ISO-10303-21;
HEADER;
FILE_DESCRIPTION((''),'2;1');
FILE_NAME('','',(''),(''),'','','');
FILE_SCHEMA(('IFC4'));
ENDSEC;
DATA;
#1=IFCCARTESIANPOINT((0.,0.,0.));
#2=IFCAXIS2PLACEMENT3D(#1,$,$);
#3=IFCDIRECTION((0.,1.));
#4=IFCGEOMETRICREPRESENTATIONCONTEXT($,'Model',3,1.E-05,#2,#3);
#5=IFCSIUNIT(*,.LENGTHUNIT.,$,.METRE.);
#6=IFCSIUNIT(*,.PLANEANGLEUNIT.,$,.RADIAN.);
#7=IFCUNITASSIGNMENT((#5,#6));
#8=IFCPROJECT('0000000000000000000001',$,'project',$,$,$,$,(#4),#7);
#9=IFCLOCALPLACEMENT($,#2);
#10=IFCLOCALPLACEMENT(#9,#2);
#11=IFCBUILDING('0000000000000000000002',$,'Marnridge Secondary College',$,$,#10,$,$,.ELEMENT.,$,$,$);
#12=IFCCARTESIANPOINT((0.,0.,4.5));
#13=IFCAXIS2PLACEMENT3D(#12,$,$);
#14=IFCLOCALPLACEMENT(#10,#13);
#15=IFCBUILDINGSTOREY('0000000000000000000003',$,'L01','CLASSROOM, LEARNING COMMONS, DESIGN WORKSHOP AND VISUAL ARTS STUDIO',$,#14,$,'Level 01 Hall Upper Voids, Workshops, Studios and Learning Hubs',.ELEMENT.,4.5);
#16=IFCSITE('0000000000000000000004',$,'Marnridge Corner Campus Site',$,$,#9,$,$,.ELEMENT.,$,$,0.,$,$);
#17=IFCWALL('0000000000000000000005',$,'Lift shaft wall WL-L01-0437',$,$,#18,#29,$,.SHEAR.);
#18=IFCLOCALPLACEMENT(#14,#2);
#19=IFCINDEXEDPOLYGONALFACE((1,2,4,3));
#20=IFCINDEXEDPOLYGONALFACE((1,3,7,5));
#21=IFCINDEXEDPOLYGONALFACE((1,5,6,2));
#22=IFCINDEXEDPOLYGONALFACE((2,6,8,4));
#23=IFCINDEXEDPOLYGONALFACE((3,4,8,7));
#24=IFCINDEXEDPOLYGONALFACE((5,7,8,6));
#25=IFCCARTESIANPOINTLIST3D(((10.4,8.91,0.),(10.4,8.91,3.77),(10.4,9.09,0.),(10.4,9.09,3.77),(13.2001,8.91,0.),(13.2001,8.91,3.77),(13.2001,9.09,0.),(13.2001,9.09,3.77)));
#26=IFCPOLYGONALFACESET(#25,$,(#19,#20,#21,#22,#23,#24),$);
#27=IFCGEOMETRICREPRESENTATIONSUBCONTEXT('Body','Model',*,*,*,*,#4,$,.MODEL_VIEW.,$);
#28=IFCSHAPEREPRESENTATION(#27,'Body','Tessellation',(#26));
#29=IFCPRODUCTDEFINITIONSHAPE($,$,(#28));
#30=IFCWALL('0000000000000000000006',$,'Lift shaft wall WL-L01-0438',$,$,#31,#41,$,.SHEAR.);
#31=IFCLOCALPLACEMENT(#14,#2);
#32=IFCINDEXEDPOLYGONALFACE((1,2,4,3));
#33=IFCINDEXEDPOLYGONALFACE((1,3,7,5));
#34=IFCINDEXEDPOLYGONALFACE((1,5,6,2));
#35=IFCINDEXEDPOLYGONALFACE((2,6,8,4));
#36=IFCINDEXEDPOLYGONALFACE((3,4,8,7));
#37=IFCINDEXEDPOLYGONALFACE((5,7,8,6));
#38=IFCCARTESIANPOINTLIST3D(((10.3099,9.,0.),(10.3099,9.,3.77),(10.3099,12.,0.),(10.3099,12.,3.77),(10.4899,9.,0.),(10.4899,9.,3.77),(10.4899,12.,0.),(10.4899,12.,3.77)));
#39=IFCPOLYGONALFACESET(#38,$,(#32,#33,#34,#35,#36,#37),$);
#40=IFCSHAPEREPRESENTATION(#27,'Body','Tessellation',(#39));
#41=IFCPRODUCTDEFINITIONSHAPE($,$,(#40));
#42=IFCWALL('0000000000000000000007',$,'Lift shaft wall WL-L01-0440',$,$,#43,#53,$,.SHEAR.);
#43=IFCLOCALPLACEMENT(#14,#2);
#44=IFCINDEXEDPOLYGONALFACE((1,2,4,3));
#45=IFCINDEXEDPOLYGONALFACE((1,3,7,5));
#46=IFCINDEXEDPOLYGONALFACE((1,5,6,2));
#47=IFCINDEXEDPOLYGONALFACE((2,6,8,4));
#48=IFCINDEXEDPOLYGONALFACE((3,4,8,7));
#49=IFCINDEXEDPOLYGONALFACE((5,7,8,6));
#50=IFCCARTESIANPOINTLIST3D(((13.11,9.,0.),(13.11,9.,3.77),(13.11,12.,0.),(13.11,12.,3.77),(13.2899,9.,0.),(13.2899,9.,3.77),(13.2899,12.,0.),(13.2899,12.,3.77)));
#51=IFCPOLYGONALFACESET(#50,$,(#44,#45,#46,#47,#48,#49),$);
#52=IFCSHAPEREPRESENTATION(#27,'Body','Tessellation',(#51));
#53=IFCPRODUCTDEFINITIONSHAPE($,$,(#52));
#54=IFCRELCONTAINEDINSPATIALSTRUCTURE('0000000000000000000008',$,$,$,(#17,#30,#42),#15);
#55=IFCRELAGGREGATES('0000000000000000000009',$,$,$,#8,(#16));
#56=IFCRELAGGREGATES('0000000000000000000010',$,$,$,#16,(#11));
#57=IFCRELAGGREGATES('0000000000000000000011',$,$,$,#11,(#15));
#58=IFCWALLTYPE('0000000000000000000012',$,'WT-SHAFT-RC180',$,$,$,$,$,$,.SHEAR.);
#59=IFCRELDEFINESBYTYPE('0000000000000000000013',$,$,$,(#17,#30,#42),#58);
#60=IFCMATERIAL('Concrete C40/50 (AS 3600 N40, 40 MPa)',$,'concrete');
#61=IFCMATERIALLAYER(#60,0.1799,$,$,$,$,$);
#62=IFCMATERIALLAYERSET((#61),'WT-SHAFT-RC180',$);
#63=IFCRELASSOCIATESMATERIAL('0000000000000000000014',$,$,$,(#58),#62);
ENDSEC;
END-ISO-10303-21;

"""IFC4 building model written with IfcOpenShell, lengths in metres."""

from ifc_helpers import new_model, si_unit, direction, frame, frame_2d, origin, place, context, subcontext, project, spatial, rectangle, extrude, material, layer, layer_set, type_object, element, save


model = new_model("IFC4")

# Units and contexts
model_context = context("Model", 3, precision=1e-05, world=origin(), true_north=direction((0.0, 1.0)))
body_context = subcontext(model_context, "Body", "Model", "MODEL_VIEW")
ifc_project = project(units=[si_unit("LENGTHUNIT", "METRE"), si_unit("PLANEANGLEUNIT", "RADIAN")], contexts=[model_context])

# Site, building, storey
site_placement = place(None, origin())
site = spatial("IfcSite", under=ifc_project, at=site_placement, Name="Marnridge Corner Campus Site", CompositionType="ELEMENT", RefElevation=0.0)
building_placement = place(site_placement, origin())
building = spatial("IfcBuilding", under=site, at=building_placement, Name="Marnridge Secondary College", CompositionType="ELEMENT")
storey_placement = place(building_placement, frame((0.0, 0.0, 4.5)))
storey = spatial("IfcBuildingStorey", under=building, at=storey_placement, Name="L01", Description="CLASSROOM, LEARNING COMMONS, DESIGN WORKSHOP AND VISUAL ARTS STUDIO", LongName="Level 01 Hall Upper Voids, Workshops, Studios and Learning Hubs", CompositionType="ELEMENT", Elevation=4.5)

# Walls
ifc_material_1 = material(Name="Concrete C40/50 (AS 3600 N40, 40 MPa)", Category="concrete")
ifc_layer_1 = layer(ifc_material_1, 0.1799)
ifc_layer_set_1 = layer_set([ifc_layer_1], Name="WT-SHAFT-RC180")
wall_type_1 = type_object("IfcWallType", Name="WT-SHAFT-RC180", PredefinedType="SHEAR", material=ifc_layer_set_1)
wall_1_placement = place(storey_placement, frame((13.2, 9.0, 0.0), z_axis=(0.0, 0.0, 1.0), x_axis=(-1.0, 0.0, 0.0)))
element("IfcWall", 1, at=wall_1_placement, inside=storey, type_object=wall_type_1, Name="Lift shaft wall WL-L01-0437", PredefinedType="SHEAR", context=body_context, shape_type="SweptSolid", body=[
    extrude(rectangle(XDim=2.8, YDim=0.1799, at=frame_2d((1.3999, 0.0))), origin(), (0.0, 0.0, 1.0), 3.77),
])
wall_2_placement = place(storey_placement, frame((10.3999, 9.0, 0.0), z_axis=(0.0, 0.0, 1.0), x_axis=(0.0, 1.0, 0.0)))
element("IfcWall", 2, at=wall_2_placement, inside=storey, type_object=wall_type_1, Name="Lift shaft wall WL-L01-0438", PredefinedType="SHEAR", context=body_context, shape_type="SweptSolid", body=[
    extrude(rectangle(XDim=3.0, YDim=0.1799, at=frame_2d((1.5, 0.0))), origin(), (0.0, 0.0, 1.0), 3.77),
])

# Wall
wall_3_placement = place(storey_placement, frame((13.2, 12.0, 0.0), z_axis=(0.0, 0.0, 1.0), x_axis=(0.0, -1.0, 0.0)))
element("IfcWall", 3, at=wall_3_placement, inside=storey, type_object=wall_type_1, Name="Lift shaft wall WL-L01-0440", PredefinedType="SHEAR", context=body_context, shape_type="SweptSolid", body=[
    extrude(rectangle(XDim=3.0, YDim=0.1799, at=frame_2d((1.5, 0.0))), origin(), (0.0, 0.0, 1.0), 3.77),
])

save(model, "model.ifc")
